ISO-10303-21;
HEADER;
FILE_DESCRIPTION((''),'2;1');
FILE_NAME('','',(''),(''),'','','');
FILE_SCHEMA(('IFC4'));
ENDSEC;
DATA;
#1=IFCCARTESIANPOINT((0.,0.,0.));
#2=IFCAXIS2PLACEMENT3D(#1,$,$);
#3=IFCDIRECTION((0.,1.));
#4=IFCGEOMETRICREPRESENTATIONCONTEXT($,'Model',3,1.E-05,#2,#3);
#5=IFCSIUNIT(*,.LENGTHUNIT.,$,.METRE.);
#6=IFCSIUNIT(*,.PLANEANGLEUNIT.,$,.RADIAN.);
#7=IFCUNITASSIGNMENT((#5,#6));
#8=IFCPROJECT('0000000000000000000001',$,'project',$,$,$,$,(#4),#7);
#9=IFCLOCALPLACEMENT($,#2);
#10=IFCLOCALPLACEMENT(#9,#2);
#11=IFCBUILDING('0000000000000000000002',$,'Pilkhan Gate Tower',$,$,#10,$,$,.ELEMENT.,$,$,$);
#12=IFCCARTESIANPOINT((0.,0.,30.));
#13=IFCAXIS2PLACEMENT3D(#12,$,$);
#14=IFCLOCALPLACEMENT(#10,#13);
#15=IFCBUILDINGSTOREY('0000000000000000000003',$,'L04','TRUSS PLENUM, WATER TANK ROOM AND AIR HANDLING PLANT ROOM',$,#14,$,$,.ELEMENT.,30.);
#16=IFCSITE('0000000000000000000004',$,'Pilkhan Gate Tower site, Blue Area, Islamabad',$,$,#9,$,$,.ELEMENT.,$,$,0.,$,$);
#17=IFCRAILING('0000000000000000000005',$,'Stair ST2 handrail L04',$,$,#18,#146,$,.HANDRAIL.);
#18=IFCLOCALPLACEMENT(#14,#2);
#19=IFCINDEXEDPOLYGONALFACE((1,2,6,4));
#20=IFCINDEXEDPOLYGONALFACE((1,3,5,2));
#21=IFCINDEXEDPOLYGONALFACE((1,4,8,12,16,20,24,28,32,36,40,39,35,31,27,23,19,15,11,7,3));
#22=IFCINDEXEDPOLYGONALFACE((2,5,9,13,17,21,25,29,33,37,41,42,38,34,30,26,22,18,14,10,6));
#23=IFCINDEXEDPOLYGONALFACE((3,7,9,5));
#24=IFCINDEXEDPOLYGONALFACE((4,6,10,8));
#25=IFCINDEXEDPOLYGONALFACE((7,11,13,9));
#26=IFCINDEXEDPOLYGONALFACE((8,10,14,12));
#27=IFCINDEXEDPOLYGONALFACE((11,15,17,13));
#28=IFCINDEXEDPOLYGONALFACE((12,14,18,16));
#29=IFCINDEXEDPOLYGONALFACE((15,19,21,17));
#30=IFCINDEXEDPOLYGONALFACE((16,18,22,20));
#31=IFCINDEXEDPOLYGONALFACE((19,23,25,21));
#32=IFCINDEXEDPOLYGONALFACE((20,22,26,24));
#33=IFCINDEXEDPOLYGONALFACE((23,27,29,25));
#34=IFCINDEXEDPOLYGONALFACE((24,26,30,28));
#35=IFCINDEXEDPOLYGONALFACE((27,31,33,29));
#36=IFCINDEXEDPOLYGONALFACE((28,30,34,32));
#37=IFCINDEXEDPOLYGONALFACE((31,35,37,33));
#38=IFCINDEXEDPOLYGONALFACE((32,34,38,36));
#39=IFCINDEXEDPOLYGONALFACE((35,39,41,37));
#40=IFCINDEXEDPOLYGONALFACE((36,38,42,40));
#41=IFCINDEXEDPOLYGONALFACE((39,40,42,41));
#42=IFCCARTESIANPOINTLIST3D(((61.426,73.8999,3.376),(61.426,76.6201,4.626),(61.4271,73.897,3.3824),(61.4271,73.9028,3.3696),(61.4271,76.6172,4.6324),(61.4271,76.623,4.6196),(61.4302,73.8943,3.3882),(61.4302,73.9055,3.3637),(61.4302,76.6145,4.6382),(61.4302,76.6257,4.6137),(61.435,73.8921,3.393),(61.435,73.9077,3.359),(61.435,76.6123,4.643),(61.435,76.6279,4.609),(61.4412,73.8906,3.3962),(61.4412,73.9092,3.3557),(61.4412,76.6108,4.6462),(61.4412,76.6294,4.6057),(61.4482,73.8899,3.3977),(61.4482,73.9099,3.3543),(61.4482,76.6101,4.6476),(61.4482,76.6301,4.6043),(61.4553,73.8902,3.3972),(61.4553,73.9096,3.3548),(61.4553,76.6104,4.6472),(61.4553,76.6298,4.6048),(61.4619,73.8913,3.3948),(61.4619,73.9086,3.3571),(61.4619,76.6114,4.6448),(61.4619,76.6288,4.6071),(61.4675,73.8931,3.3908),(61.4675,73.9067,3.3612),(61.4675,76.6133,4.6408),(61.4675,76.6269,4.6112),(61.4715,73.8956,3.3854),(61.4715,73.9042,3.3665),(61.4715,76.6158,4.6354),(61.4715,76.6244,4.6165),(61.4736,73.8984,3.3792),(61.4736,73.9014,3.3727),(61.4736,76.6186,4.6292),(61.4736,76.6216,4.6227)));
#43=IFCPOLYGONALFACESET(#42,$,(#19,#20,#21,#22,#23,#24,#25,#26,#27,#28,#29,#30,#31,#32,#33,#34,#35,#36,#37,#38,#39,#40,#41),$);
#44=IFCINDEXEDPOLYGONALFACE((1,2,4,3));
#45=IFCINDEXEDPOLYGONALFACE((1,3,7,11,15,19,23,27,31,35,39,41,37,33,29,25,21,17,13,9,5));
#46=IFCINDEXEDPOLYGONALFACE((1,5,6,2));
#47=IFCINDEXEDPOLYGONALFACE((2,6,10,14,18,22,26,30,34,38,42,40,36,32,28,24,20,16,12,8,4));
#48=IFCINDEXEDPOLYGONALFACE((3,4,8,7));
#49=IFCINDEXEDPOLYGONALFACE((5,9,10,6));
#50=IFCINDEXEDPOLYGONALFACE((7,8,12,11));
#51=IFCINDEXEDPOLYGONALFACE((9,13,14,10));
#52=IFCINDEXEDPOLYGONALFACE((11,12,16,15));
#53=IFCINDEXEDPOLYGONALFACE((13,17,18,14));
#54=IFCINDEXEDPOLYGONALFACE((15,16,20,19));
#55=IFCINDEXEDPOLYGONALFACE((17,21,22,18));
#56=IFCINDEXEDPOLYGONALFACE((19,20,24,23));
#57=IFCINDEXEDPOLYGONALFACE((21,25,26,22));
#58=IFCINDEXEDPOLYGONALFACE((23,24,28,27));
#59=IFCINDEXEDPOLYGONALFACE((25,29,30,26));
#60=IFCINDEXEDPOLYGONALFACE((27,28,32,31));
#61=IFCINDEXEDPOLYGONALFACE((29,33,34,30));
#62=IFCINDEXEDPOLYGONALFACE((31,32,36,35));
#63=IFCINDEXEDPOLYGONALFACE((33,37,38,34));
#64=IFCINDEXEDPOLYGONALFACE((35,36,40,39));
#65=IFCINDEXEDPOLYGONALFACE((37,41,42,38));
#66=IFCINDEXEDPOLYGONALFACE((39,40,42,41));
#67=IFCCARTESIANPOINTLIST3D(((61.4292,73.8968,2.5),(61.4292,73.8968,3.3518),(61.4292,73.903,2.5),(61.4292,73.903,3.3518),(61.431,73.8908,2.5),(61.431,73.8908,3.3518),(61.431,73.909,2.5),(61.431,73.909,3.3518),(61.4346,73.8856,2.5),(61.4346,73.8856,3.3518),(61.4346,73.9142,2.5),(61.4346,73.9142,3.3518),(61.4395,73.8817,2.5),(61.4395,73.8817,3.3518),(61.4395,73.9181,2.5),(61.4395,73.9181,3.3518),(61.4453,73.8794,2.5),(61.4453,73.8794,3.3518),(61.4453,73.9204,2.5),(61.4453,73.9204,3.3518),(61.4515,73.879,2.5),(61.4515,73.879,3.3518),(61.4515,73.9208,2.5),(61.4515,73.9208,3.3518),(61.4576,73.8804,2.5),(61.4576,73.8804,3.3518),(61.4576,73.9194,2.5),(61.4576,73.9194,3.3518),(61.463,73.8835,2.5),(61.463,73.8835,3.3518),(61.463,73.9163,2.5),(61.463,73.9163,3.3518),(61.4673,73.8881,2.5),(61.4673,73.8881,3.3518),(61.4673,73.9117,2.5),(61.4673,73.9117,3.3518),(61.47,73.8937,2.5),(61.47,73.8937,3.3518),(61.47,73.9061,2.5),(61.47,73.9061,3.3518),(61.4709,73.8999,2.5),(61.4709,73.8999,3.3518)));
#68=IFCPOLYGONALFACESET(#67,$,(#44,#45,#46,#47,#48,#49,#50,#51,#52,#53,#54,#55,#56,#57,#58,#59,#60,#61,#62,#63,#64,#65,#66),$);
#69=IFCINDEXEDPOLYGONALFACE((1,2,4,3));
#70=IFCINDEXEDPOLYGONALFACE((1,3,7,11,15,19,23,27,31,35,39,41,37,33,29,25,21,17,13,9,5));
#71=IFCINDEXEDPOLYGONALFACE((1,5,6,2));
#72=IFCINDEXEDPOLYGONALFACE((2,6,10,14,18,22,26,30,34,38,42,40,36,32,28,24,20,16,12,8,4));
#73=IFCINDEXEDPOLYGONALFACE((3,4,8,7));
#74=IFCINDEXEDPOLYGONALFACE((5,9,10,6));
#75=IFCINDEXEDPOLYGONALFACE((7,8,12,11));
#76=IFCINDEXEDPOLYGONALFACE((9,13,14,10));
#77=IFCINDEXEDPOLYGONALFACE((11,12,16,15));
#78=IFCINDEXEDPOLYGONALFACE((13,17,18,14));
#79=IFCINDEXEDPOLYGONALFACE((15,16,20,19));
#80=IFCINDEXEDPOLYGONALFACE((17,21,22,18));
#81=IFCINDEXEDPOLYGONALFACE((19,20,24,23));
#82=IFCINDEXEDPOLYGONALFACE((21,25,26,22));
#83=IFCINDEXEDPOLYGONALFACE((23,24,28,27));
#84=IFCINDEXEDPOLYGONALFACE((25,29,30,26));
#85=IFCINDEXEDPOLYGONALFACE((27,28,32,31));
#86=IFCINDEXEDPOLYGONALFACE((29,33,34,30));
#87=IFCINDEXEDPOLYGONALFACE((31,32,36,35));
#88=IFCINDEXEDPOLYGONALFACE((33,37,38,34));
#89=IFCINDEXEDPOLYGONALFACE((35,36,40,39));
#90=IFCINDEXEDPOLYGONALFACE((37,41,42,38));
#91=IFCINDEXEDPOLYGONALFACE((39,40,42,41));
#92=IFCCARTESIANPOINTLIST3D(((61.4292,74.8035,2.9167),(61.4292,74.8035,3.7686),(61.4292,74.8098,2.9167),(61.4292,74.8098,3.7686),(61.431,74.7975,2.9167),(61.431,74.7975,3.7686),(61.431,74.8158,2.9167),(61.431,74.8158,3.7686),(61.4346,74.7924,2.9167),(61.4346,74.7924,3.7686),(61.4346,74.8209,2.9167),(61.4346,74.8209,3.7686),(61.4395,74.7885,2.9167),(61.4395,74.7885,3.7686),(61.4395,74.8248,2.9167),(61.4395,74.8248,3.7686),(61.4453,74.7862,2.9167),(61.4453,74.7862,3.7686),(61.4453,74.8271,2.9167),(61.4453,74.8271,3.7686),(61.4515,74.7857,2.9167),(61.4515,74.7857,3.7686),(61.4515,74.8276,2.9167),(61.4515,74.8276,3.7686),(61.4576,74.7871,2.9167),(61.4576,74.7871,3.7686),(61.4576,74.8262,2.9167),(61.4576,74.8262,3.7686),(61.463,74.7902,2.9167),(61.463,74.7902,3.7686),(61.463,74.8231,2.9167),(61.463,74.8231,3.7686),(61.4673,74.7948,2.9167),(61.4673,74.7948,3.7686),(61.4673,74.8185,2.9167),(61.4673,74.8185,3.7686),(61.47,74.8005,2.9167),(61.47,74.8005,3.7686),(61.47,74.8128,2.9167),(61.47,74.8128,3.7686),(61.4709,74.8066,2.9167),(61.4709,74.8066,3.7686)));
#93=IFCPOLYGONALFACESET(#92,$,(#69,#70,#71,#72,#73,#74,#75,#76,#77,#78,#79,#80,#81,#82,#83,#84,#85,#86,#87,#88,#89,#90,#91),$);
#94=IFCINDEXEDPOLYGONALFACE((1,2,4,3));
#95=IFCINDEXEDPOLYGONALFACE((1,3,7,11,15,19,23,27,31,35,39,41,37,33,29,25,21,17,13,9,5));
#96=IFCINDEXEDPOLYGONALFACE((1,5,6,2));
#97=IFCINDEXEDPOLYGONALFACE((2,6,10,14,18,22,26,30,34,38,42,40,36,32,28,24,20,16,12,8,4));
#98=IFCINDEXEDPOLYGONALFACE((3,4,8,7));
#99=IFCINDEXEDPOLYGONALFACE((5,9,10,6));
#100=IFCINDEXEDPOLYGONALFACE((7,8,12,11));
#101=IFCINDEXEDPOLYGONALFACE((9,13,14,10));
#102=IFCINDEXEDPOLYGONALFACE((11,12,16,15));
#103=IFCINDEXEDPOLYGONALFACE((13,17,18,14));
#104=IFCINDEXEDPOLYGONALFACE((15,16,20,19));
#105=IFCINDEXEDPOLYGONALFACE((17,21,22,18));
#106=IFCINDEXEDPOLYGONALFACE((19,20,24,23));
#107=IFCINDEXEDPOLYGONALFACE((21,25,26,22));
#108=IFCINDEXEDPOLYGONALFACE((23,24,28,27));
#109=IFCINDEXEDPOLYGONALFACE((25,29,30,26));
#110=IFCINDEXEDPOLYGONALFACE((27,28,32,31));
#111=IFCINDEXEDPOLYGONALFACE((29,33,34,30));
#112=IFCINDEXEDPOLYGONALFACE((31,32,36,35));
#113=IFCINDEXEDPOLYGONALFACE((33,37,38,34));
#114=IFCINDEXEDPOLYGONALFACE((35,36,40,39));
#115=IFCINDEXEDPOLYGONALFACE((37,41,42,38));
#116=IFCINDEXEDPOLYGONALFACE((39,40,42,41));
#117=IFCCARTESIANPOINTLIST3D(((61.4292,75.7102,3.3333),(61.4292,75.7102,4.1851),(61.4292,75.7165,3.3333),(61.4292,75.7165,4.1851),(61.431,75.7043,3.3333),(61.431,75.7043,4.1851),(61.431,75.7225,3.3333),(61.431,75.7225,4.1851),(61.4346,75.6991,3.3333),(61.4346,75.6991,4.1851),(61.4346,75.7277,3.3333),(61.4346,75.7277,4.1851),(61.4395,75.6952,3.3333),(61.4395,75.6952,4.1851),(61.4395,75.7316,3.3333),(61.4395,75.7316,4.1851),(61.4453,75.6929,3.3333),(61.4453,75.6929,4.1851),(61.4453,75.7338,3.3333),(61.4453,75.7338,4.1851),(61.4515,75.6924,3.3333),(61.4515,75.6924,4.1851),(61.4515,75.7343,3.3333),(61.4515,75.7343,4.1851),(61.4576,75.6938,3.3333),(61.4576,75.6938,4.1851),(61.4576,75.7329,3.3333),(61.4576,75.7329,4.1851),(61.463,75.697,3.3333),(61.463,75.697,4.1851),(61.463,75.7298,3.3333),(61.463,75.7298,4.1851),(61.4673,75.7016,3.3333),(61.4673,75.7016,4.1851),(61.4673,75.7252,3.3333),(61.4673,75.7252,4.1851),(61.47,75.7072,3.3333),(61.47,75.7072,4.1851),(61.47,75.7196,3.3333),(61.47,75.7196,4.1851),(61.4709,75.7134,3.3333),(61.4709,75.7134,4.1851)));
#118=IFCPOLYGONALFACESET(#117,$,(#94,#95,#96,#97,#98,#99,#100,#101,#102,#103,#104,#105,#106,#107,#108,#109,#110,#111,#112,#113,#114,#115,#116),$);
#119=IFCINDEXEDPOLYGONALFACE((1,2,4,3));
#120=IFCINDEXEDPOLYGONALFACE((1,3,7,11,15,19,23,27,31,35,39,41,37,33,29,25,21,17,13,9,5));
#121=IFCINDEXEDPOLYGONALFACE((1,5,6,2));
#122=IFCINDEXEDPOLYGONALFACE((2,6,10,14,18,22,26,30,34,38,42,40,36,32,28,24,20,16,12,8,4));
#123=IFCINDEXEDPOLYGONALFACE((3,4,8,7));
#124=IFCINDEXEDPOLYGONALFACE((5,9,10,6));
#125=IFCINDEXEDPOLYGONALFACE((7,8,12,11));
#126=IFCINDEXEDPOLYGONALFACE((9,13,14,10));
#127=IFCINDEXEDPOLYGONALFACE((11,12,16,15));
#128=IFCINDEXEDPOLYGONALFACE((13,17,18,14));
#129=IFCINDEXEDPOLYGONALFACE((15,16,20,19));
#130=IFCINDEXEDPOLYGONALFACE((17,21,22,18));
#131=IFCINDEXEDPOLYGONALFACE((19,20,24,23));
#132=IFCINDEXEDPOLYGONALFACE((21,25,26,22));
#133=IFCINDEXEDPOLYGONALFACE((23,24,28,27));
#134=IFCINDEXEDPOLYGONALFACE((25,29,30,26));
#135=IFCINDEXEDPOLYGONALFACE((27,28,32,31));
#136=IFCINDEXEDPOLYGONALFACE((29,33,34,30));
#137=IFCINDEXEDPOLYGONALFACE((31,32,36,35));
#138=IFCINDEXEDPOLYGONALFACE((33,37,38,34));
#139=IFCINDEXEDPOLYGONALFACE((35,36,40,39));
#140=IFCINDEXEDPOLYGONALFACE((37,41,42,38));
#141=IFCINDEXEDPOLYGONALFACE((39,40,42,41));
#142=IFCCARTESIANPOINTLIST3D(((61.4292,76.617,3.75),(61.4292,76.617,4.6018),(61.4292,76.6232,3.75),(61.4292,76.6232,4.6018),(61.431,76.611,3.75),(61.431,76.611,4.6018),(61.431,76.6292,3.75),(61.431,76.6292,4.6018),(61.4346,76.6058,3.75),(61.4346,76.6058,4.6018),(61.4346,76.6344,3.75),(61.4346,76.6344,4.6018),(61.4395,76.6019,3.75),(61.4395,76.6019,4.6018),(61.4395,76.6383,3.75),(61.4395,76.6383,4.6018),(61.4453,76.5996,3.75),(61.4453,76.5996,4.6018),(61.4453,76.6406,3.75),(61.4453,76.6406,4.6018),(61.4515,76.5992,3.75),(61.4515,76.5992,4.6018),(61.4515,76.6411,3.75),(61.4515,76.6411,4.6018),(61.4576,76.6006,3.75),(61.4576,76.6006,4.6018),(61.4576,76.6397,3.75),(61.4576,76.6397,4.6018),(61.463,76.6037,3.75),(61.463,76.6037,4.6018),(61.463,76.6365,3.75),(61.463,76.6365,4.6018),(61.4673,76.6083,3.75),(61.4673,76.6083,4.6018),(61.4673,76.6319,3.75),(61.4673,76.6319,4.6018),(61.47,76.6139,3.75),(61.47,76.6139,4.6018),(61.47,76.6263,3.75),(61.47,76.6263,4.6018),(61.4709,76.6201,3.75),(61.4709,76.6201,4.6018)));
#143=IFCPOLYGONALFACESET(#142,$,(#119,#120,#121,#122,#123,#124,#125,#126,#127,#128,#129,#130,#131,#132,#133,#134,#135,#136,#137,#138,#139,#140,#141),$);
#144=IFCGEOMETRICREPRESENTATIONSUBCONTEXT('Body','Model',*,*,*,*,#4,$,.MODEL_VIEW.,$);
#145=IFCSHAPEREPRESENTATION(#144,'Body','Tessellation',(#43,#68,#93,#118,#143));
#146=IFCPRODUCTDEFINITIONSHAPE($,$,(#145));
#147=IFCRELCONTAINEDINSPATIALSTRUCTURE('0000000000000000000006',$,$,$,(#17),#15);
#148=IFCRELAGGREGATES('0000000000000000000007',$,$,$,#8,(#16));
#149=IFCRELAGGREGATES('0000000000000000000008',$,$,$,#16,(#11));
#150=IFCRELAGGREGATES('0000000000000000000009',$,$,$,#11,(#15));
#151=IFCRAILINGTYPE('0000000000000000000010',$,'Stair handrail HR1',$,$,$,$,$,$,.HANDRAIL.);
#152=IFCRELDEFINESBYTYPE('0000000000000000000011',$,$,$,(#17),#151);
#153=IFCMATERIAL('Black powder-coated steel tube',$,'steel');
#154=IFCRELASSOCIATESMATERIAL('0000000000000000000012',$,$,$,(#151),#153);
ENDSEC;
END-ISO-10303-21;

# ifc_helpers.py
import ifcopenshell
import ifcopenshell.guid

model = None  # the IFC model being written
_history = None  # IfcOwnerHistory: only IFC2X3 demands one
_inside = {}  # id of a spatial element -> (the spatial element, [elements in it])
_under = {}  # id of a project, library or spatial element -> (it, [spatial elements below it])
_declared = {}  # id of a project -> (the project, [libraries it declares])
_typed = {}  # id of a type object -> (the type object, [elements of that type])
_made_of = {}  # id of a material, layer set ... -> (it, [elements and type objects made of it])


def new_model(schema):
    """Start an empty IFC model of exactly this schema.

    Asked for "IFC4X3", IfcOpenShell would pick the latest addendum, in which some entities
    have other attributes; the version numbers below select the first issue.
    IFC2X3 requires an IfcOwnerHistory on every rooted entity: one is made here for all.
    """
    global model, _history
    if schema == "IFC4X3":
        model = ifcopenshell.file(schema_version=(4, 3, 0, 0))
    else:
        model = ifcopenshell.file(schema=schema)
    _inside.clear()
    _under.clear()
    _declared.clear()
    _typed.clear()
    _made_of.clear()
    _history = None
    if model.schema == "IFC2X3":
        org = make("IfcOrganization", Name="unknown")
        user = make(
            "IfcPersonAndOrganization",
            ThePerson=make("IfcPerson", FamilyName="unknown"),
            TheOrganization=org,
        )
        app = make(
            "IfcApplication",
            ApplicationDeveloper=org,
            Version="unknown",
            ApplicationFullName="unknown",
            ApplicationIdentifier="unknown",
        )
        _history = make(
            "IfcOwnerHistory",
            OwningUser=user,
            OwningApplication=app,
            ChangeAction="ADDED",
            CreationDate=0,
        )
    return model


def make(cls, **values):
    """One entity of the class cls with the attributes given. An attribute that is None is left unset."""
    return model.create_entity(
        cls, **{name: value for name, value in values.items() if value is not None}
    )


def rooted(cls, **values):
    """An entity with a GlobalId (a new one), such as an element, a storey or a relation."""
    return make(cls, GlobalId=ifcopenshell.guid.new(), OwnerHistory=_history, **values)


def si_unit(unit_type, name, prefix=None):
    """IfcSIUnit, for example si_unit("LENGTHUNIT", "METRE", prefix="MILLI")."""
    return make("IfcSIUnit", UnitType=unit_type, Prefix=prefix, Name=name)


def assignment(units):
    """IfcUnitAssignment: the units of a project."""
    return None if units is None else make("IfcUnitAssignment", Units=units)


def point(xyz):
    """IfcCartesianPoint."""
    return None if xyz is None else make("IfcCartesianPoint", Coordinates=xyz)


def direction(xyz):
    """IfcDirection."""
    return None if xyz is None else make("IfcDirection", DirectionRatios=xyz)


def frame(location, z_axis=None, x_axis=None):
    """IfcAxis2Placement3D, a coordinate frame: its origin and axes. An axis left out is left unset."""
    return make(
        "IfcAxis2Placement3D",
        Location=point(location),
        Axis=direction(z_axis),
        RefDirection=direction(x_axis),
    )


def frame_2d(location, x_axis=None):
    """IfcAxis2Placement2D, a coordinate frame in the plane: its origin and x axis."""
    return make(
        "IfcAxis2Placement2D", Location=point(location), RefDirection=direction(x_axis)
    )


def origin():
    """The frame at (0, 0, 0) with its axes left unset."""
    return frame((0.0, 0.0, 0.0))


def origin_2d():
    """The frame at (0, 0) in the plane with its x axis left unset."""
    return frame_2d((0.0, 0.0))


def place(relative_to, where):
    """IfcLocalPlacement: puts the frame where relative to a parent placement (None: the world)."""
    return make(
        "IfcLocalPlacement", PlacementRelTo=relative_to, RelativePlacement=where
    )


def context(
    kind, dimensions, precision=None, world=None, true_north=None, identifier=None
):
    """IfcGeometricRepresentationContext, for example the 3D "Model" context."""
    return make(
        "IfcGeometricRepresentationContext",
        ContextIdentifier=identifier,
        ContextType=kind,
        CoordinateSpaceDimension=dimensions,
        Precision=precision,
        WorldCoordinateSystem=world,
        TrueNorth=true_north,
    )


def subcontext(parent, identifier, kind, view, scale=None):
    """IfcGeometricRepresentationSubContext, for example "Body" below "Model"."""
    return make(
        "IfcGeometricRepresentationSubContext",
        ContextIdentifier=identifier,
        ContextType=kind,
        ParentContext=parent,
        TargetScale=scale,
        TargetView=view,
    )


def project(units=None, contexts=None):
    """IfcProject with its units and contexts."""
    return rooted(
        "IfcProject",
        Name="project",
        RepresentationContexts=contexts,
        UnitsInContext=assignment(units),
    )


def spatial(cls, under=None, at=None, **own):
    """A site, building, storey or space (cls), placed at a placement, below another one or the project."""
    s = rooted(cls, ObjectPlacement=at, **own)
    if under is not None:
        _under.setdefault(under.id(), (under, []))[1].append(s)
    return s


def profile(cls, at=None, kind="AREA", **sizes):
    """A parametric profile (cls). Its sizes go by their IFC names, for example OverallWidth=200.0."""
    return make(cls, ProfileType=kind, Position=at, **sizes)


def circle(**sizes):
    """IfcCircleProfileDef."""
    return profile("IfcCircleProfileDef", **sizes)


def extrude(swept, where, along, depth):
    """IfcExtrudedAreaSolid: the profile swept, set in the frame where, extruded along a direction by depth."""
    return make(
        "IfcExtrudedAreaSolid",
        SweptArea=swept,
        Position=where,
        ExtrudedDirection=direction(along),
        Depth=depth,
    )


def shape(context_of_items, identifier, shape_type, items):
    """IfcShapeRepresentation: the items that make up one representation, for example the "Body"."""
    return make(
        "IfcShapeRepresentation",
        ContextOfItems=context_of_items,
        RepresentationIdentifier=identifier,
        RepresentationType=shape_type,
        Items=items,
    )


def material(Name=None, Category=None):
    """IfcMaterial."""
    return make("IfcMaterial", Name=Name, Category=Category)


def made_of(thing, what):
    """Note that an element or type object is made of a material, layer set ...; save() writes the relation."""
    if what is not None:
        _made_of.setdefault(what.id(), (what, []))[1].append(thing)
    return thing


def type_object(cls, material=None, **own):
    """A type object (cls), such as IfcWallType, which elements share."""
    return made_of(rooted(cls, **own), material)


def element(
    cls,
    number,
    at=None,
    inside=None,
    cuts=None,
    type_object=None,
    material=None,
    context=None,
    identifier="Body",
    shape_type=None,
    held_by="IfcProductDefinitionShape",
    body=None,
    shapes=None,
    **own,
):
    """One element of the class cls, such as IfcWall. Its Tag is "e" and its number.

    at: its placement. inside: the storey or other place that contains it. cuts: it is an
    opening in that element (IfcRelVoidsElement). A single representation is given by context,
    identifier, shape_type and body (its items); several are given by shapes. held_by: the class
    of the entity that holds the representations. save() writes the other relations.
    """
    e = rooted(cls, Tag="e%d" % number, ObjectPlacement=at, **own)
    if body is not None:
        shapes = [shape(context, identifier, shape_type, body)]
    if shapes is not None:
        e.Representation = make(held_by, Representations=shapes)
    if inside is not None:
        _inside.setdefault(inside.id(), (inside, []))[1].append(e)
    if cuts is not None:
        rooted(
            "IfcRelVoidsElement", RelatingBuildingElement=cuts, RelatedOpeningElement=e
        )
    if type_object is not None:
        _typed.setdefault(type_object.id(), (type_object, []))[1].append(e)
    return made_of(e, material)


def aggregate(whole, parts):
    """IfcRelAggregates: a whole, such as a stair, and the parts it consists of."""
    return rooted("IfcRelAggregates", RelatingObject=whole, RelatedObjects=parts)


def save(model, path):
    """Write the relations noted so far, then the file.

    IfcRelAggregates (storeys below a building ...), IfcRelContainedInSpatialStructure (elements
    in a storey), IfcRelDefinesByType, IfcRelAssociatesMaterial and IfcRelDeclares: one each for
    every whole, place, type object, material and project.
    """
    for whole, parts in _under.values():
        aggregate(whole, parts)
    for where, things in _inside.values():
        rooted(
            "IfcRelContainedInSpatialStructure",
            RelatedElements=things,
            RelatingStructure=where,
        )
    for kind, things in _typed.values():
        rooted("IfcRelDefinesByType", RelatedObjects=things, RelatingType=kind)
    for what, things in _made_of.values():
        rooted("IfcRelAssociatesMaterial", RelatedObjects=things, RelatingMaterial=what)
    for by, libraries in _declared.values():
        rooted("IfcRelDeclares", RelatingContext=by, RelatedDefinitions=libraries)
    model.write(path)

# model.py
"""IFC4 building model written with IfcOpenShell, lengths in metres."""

from ifc_helpers import new_model, si_unit, direction, frame, origin, origin_2d, place, context, subcontext, project, spatial, circle, extrude, material, type_object, element, save


model = new_model("IFC4")

# Units and contexts
model_context = context("Model", 3, precision=1e-05, world=origin(), true_north=direction((0.0, 1.0)))
body_context = subcontext(model_context, "Body", "Model", "MODEL_VIEW")
ifc_project = project(units=[si_unit("LENGTHUNIT", "METRE"), si_unit("PLANEANGLEUNIT", "RADIAN")], contexts=[model_context])

# Site, building, storey
site_placement = place(None, origin())
site = spatial("IfcSite", under=ifc_project, at=site_placement, Name="Pilkhan Gate Tower site, Blue Area, Islamabad", CompositionType="ELEMENT", RefElevation=0.0)
building_placement = place(site_placement, origin())
building = spatial("IfcBuilding", under=site, at=building_placement, Name="Pilkhan Gate Tower", CompositionType="ELEMENT")
storey_placement = place(building_placement, frame((0.0, 0.0, 30.0)))
storey = spatial("IfcBuildingStorey", under=building, at=storey_placement, Name="L04", Description="TRUSS PLENUM, WATER TANK ROOM AND AIR HANDLING PLANT ROOM", CompositionType="ELEMENT", Elevation=30.0)

# Railing
ifc_material_1 = material(Name="Black powder-coated steel tube", Category="steel")
railing_type_1 = type_object("IfcRailingType", Name="Stair handrail HR1", PredefinedType="HANDRAIL", material=ifc_material_1)
railing_1_placement = place(storey_placement, frame((61.45, 73.8999, 2.5)))
element("IfcRailing", 1, at=railing_1_placement, inside=storey, type_object=railing_type_1, Name="Stair ST2 handrail L04", PredefinedType="HANDRAIL", context=body_context, shape_type="SweptSolid", body=[
    extrude(circle(Radius=0.0239, at=origin_2d()), frame((0.0, 0.0, 0.876), z_axis=(0.0, 0.908655, 0.417547), x_axis=(-1.0, 0.0, 0.0)), (0.0, 0.0, 1.0), 2.9937),
    extrude(circle(Radius=0.021, at=origin_2d()), origin(), (0.0, 0.0, 1.0), 0.8518),
    extrude(circle(Radius=0.021, at=origin_2d()), frame((0.0, 0.9067, 0.4167)), (0.0, 0.0, 1.0), 0.8518),
    extrude(circle(Radius=0.021, at=origin_2d()), frame((0.0, 1.8135, 0.8333)), (0.0, 0.0, 1.0), 0.8518),
    extrude(circle(Radius=0.021, at=origin_2d()), frame((0.0, 2.7202, 1.25)), (0.0, 0.0, 1.0), 0.8518),
])

save(model, "model.ifc")
